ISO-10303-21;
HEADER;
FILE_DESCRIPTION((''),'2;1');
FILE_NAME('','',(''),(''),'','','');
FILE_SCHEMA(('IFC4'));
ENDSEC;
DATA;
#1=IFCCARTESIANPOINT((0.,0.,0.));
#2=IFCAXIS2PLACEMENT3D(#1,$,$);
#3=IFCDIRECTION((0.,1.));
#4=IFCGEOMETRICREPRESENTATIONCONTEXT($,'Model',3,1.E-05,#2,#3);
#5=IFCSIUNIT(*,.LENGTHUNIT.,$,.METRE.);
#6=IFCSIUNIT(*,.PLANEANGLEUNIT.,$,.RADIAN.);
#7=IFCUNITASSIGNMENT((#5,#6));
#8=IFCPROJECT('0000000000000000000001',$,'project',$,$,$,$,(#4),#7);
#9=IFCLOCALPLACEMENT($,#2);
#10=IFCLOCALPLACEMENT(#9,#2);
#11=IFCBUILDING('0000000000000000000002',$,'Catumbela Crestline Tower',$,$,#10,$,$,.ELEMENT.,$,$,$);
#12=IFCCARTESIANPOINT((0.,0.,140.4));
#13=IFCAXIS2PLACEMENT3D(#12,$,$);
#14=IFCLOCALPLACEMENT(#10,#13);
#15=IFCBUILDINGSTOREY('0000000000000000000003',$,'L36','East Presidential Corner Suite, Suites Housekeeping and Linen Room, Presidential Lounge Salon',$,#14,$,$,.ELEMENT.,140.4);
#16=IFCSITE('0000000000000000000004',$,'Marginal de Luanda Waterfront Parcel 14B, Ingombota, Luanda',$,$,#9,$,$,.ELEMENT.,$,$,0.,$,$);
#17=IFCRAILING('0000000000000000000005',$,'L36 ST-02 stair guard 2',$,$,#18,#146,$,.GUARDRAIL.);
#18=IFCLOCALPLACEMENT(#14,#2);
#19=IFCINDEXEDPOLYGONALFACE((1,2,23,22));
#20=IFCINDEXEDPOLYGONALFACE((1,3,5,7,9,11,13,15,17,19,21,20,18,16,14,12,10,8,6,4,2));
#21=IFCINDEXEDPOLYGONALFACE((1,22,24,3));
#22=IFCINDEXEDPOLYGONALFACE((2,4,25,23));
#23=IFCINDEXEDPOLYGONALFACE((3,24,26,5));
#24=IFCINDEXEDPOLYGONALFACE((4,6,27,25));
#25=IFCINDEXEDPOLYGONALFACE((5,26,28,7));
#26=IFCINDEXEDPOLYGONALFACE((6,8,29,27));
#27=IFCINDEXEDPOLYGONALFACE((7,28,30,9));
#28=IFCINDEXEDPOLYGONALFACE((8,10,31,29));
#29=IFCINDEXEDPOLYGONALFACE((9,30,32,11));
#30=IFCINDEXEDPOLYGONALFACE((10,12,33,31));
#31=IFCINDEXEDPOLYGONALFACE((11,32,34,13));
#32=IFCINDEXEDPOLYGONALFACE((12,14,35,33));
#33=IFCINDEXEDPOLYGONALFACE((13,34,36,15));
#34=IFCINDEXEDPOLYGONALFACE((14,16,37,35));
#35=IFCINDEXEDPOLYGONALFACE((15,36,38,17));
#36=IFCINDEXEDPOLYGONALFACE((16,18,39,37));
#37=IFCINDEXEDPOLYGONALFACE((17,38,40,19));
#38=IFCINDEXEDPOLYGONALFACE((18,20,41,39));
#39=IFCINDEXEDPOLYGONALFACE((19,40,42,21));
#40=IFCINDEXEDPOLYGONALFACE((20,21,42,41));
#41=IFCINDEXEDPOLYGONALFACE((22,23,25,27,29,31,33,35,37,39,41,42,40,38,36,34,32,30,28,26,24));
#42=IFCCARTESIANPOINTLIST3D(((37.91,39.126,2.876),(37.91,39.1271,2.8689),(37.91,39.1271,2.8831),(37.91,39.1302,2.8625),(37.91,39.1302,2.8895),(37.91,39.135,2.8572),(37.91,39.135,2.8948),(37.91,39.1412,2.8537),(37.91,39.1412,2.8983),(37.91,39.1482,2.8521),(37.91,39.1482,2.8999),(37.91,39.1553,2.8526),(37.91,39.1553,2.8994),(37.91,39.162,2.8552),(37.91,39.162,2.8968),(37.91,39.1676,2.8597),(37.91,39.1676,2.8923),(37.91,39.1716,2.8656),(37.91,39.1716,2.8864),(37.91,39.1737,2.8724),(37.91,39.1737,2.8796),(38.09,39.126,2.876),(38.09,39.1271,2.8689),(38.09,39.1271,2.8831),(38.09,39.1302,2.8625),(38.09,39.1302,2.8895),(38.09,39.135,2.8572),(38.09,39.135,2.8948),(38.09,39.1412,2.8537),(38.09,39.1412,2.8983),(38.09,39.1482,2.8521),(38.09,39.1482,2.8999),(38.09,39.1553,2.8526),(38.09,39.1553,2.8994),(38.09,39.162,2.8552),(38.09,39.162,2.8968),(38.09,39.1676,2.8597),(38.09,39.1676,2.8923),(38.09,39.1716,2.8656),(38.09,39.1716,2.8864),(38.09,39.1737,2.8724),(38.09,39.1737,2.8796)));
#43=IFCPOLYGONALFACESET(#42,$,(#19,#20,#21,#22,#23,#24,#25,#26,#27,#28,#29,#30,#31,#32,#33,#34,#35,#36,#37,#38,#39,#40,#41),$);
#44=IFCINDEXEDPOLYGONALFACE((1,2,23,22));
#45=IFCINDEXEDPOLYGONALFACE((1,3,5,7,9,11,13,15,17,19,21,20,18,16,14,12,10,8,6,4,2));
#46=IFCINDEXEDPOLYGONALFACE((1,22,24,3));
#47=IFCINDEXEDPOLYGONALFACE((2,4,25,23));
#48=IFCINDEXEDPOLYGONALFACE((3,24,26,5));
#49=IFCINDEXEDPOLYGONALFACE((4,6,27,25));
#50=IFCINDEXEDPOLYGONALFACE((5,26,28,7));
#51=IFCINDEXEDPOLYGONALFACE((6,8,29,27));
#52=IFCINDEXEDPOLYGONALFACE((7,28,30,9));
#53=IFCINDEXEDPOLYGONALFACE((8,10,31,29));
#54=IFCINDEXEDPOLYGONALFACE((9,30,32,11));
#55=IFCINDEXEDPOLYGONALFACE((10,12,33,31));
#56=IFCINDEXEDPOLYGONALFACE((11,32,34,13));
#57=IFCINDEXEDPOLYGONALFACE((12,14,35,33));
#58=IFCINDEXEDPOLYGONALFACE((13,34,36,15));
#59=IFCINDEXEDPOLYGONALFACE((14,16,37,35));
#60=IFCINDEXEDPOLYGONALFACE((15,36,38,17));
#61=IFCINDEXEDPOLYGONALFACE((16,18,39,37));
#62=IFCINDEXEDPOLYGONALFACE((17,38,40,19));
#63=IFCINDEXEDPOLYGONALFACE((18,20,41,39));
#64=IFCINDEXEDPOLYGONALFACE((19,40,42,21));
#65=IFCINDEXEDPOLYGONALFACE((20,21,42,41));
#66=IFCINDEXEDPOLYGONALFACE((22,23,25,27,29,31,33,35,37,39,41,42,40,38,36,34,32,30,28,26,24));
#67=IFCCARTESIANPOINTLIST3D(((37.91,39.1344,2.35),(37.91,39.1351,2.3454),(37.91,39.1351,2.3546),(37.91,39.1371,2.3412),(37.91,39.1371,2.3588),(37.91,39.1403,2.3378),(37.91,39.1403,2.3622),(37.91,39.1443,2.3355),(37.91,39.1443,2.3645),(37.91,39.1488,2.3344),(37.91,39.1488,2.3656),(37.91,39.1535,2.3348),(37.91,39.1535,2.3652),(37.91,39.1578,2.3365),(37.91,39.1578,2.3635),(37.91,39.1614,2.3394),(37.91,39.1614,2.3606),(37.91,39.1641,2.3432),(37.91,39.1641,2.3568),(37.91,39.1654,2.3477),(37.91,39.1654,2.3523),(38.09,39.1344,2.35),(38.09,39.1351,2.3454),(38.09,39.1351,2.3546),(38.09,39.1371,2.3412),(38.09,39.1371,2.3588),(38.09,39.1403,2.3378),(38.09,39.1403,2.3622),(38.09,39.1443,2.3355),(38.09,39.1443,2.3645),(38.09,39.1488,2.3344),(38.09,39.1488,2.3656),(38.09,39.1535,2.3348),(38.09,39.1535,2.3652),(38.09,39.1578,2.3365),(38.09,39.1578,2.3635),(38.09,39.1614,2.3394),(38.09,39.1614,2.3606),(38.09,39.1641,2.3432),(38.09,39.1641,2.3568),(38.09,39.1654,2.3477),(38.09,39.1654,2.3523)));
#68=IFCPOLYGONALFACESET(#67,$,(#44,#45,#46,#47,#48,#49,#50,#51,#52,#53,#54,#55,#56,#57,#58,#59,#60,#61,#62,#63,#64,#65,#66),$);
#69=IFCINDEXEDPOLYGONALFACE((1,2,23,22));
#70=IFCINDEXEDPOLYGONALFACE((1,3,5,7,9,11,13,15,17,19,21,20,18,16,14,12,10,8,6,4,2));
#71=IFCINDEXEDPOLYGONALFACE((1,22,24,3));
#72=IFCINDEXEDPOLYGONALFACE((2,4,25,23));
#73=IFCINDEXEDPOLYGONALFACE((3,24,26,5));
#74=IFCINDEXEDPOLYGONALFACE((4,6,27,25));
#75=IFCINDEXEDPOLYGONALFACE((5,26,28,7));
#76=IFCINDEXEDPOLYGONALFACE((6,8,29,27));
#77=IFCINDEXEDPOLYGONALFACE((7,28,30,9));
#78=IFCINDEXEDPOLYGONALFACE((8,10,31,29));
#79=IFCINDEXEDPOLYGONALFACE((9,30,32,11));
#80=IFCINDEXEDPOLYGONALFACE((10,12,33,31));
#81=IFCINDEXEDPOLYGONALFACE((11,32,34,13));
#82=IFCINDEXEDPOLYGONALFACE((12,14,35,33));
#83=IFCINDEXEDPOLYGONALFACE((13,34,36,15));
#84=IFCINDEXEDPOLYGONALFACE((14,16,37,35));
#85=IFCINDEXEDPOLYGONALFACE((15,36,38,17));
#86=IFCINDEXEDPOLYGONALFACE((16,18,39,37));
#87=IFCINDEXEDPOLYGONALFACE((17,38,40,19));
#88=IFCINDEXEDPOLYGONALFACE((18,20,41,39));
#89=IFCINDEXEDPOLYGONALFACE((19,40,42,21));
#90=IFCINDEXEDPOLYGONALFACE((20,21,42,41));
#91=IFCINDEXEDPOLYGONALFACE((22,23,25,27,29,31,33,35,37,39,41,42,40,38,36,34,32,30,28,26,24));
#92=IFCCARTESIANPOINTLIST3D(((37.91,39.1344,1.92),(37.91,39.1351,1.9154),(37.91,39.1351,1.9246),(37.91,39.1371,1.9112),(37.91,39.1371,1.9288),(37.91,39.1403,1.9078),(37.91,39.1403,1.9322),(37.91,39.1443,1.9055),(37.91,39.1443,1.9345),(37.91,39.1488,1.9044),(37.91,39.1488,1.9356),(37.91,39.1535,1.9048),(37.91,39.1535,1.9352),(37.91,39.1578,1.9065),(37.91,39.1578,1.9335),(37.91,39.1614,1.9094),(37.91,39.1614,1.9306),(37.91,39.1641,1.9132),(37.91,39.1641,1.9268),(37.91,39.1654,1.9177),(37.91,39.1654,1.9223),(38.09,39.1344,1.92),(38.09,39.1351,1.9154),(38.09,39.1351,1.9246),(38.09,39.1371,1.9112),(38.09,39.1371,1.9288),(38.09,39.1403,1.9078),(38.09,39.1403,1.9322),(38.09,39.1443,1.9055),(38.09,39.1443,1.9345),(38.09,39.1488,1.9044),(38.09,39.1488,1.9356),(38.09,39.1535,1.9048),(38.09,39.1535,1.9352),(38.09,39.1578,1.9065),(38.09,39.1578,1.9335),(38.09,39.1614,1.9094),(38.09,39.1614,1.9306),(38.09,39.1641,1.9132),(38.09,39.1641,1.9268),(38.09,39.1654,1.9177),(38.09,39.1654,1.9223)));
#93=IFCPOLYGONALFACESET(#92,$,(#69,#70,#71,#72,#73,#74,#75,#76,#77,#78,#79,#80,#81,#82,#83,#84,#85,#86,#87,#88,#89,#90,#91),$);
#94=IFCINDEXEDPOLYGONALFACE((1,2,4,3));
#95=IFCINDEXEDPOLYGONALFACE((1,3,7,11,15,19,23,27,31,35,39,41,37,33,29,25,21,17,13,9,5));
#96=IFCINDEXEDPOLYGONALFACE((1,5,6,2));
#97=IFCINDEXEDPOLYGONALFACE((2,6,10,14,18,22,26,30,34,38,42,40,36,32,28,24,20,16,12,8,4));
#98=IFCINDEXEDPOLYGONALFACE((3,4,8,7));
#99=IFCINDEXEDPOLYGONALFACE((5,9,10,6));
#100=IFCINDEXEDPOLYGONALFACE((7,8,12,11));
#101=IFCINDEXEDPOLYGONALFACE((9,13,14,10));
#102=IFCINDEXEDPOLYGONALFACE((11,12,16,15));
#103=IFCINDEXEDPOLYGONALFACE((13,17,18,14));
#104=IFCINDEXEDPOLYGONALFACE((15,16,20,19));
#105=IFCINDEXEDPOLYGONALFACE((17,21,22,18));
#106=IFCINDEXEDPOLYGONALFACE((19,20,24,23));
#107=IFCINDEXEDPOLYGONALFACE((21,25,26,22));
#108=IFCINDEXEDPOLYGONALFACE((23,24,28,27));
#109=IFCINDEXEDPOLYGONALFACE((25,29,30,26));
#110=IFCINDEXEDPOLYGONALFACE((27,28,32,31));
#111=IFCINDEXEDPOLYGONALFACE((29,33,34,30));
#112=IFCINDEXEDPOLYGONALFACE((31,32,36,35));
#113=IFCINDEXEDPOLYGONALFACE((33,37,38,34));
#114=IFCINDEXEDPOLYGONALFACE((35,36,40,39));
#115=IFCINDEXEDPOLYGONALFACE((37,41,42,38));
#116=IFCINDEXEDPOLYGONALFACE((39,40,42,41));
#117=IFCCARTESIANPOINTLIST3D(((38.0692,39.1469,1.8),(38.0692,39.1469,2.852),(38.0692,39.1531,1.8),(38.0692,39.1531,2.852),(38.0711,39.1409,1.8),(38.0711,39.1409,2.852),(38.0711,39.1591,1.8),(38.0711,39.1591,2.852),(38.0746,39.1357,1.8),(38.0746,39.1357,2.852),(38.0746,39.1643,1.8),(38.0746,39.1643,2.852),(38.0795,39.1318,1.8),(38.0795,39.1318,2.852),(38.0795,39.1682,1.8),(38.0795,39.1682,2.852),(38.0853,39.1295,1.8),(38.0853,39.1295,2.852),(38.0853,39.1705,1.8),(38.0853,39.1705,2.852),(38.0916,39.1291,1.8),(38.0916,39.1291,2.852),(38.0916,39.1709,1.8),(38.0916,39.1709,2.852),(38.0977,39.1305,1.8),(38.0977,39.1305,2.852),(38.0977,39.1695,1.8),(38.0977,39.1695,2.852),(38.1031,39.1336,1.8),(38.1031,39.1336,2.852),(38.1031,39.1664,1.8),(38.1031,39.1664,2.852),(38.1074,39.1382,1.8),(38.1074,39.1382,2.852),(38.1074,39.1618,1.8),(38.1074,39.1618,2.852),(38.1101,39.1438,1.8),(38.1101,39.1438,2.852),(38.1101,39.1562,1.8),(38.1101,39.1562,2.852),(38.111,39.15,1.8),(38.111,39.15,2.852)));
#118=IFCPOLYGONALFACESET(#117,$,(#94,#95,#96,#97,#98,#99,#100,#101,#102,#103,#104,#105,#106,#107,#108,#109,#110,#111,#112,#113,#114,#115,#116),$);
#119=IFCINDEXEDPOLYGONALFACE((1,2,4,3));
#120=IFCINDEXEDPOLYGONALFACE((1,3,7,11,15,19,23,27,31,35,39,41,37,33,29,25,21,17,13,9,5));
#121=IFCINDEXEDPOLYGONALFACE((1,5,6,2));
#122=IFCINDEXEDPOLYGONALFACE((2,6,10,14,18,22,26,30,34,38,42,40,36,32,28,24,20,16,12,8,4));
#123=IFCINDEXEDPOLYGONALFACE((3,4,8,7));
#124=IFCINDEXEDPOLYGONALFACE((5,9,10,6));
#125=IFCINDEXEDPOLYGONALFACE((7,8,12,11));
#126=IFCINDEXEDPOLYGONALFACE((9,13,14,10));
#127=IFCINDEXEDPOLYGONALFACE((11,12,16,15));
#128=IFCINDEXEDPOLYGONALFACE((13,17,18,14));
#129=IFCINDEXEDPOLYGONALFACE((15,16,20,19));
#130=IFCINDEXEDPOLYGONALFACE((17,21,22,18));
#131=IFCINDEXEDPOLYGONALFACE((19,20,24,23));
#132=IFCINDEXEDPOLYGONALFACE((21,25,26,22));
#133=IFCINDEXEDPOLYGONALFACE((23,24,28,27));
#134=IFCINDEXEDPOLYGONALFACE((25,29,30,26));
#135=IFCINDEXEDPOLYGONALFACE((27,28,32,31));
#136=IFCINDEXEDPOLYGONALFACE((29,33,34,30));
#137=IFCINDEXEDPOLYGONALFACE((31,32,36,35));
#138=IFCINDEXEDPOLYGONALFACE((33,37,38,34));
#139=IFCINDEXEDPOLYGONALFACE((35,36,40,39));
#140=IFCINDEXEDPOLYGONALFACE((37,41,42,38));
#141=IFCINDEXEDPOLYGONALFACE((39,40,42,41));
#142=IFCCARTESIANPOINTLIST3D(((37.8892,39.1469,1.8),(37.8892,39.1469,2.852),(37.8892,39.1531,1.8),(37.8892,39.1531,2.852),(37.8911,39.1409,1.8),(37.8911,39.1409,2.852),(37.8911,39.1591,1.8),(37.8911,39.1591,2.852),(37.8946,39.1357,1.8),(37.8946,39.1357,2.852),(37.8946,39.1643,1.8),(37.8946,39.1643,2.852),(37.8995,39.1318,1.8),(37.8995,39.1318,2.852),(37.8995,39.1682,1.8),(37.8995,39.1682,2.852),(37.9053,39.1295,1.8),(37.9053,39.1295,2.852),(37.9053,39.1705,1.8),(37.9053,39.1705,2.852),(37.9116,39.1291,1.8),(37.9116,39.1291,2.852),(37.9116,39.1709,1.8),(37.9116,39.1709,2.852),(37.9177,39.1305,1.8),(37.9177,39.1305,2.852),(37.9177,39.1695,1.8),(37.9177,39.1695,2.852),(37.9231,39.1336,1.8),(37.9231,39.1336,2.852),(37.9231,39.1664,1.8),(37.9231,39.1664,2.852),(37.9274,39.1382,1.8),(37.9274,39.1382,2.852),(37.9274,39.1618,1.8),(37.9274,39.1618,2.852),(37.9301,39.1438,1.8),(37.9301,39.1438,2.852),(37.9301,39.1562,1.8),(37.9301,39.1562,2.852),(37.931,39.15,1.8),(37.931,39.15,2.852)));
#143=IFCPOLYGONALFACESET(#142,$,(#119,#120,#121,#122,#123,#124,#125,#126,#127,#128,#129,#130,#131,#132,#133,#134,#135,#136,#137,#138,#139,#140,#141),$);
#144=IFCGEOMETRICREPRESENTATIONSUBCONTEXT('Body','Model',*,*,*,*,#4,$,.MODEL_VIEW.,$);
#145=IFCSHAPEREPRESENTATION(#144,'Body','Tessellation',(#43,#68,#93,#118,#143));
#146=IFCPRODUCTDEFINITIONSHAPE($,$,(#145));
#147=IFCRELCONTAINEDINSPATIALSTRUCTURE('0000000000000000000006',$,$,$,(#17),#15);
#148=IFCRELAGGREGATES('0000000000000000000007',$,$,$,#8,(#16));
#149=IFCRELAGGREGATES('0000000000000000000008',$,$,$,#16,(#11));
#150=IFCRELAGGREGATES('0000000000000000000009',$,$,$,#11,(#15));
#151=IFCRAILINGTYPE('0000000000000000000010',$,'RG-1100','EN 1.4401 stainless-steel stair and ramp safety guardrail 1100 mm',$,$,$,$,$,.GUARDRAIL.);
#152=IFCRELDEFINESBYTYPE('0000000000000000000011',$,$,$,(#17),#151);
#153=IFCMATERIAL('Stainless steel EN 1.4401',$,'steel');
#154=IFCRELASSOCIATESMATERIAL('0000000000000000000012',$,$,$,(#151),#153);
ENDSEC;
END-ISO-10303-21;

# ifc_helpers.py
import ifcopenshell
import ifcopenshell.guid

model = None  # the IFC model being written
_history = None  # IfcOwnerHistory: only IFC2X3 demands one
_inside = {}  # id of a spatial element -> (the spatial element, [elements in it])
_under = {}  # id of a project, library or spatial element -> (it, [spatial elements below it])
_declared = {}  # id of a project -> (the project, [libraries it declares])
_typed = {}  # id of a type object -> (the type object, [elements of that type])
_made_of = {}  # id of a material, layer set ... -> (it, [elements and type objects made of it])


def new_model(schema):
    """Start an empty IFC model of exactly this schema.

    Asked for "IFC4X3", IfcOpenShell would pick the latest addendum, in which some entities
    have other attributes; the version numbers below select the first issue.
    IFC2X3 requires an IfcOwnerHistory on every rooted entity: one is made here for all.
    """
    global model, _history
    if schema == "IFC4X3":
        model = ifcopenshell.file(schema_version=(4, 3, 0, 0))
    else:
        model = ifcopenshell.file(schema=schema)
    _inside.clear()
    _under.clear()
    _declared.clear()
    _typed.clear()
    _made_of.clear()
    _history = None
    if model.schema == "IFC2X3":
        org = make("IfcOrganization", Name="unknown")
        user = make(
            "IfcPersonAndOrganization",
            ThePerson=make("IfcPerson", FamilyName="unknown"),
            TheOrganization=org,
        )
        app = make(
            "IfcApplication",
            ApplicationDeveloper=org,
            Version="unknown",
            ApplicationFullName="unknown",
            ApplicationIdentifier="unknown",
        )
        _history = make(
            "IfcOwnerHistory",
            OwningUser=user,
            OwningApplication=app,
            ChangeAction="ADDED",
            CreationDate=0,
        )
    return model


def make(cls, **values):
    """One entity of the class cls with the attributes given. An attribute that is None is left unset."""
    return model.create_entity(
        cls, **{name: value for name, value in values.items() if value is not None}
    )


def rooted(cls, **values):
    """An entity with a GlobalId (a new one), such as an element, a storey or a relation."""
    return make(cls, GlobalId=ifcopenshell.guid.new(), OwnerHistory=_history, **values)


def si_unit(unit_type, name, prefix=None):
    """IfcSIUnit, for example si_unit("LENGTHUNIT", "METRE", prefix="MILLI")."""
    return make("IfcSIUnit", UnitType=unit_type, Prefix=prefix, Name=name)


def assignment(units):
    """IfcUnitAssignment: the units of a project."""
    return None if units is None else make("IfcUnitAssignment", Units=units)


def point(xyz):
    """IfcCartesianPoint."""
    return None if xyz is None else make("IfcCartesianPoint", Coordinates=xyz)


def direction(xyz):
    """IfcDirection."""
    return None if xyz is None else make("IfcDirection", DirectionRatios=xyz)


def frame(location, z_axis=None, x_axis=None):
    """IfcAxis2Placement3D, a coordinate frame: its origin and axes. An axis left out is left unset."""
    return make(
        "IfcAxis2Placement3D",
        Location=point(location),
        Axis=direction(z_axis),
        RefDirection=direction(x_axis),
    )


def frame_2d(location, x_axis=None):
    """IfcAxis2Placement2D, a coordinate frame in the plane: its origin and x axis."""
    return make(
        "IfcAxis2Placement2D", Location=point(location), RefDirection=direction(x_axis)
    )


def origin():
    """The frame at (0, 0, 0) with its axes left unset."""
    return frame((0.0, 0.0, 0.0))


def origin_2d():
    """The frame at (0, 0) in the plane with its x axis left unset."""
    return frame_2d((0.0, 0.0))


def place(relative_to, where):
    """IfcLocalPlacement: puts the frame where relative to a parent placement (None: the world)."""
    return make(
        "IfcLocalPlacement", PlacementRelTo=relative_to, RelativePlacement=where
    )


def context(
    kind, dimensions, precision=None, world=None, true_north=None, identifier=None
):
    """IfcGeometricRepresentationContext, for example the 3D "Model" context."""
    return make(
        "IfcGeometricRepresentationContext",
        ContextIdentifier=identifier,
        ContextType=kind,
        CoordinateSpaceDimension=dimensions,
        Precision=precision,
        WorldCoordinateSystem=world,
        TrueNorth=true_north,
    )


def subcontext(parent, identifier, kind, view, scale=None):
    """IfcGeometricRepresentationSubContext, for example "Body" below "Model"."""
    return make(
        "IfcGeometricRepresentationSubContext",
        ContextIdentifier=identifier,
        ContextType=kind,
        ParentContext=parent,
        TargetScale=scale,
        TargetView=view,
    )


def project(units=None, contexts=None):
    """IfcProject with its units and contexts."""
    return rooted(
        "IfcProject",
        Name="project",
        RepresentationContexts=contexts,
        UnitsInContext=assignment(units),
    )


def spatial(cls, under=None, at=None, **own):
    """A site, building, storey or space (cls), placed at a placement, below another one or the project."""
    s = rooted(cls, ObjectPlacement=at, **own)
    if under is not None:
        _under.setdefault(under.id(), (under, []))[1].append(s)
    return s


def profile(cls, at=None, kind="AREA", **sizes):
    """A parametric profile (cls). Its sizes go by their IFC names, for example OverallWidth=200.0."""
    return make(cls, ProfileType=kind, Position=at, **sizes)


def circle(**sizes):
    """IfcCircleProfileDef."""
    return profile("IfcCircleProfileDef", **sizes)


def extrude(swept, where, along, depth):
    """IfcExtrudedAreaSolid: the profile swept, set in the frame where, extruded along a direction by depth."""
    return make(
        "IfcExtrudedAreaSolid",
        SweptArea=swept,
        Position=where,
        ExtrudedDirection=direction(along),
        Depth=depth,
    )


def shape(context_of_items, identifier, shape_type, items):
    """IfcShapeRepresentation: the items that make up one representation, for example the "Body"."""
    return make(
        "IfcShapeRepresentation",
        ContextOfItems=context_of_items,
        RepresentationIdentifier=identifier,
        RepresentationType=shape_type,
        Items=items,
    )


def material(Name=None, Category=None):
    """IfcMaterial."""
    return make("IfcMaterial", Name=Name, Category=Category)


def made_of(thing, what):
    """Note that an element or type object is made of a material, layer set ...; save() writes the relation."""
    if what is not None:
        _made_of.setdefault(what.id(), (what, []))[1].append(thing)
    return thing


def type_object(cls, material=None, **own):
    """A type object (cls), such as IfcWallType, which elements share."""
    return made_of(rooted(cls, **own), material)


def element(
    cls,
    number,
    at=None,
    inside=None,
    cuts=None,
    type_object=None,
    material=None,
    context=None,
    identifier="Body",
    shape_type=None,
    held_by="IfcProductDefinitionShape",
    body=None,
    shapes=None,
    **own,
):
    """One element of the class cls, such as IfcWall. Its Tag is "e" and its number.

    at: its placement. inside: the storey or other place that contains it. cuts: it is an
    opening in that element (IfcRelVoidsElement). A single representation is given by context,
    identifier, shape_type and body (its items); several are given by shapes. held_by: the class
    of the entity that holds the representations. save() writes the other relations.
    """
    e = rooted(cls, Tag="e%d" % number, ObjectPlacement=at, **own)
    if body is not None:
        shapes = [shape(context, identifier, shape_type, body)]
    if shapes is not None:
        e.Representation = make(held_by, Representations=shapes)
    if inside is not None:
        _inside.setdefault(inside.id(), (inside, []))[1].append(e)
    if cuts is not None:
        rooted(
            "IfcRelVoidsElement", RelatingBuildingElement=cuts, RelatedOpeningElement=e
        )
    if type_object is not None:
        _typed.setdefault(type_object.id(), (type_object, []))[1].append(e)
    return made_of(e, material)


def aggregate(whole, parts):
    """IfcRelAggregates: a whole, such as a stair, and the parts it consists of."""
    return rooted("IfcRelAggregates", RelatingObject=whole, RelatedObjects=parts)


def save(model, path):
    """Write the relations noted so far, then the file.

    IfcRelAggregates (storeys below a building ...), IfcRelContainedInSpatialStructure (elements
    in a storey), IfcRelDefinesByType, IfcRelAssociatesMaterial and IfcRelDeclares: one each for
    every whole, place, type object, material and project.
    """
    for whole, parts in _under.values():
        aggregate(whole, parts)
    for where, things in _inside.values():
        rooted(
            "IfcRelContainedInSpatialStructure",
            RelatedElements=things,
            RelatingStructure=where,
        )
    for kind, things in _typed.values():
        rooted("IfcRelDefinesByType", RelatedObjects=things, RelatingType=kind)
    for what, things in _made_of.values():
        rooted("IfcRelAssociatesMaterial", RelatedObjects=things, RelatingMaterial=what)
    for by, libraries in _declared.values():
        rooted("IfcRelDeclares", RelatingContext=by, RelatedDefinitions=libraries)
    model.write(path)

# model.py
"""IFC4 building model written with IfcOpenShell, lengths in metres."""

from ifc_helpers import new_model, si_unit, direction, frame, origin, origin_2d, place, context, subcontext, project, spatial, circle, extrude, material, type_object, element, save


model = new_model("IFC4")

# Units and contexts
model_context = context("Model", 3, precision=1e-05, world=origin(), true_north=direction((0.0, 1.0)))
body_context = subcontext(model_context, "Body", "Model", "MODEL_VIEW")
ifc_project = project(units=[si_unit("LENGTHUNIT", "METRE"), si_unit("PLANEANGLEUNIT", "RADIAN")], contexts=[model_context])

# Site, building, storey
site_placement = place(None, origin())
site = spatial("IfcSite", under=ifc_project, at=site_placement, Name="Marginal de Luanda Waterfront Parcel 14B, Ingombota, Luanda", CompositionType="ELEMENT", RefElevation=0.0)
building_placement = place(site_placement, origin())
building = spatial("IfcBuilding", under=site, at=building_placement, Name="Catumbela Crestline Tower", CompositionType="ELEMENT")
storey_placement = place(building_placement, frame((0.0, 0.0, 140.4)))
storey = spatial("IfcBuildingStorey", under=building, at=storey_placement, Name="L36", Description="East Presidential Corner Suite, Suites Housekeeping and Linen Room, Presidential Lounge Salon", CompositionType="ELEMENT", Elevation=140.4)

# Shared definitions
ifc_material_1 = material(Name="Stainless steel EN 1.4401", Category="steel")

# Railing
railing_type_1 = type_object("IfcRailingType", Name="RG-1100", Description="EN 1.4401 stainless-steel stair and ramp safety guardrail 1100 mm", PredefinedType="GUARDRAIL", material=ifc_material_1)
railing_1_placement = place(storey_placement, frame((38.09, 39.15, 1.8)))
element("IfcRailing", 1, at=railing_1_placement, inside=storey, type_object=railing_type_1, Name="L36 ST-02 stair guard 2", PredefinedType="GUARDRAIL", context=body_context, shape_type="SweptSolid", body=[
    extrude(circle(Radius=0.024, at=origin_2d()), frame((0.0, 0.0, 1.076), z_axis=(-1.0, 0.0, 0.0), x_axis=(0.0, -1.0, 0.0)), (0.0, 0.0, 1.0), 0.18),
    extrude(circle(Radius=0.0156, at=origin_2d()), frame((0.0, 0.0, 0.55), z_axis=(-1.0, 0.0, 0.0), x_axis=(0.0, -1.0, 0.0)), (0.0, 0.0, 1.0), 0.18),
    extrude(circle(Radius=0.0156, at=origin_2d()), frame((0.0, 0.0, 0.12), z_axis=(-1.0, 0.0, 0.0), x_axis=(0.0, -1.0, 0.0)), (0.0, 0.0, 1.0), 0.18),
    extrude(circle(Radius=0.021, at=origin_2d()), origin(), (0.0, 0.0, 1.0), 1.052),
    extrude(circle(Radius=0.021, at=origin_2d()), frame((-0.18, 0.0, 0.0)), (0.0, 0.0, 1.0), 1.052),
])

save(model, "model.ifc")
